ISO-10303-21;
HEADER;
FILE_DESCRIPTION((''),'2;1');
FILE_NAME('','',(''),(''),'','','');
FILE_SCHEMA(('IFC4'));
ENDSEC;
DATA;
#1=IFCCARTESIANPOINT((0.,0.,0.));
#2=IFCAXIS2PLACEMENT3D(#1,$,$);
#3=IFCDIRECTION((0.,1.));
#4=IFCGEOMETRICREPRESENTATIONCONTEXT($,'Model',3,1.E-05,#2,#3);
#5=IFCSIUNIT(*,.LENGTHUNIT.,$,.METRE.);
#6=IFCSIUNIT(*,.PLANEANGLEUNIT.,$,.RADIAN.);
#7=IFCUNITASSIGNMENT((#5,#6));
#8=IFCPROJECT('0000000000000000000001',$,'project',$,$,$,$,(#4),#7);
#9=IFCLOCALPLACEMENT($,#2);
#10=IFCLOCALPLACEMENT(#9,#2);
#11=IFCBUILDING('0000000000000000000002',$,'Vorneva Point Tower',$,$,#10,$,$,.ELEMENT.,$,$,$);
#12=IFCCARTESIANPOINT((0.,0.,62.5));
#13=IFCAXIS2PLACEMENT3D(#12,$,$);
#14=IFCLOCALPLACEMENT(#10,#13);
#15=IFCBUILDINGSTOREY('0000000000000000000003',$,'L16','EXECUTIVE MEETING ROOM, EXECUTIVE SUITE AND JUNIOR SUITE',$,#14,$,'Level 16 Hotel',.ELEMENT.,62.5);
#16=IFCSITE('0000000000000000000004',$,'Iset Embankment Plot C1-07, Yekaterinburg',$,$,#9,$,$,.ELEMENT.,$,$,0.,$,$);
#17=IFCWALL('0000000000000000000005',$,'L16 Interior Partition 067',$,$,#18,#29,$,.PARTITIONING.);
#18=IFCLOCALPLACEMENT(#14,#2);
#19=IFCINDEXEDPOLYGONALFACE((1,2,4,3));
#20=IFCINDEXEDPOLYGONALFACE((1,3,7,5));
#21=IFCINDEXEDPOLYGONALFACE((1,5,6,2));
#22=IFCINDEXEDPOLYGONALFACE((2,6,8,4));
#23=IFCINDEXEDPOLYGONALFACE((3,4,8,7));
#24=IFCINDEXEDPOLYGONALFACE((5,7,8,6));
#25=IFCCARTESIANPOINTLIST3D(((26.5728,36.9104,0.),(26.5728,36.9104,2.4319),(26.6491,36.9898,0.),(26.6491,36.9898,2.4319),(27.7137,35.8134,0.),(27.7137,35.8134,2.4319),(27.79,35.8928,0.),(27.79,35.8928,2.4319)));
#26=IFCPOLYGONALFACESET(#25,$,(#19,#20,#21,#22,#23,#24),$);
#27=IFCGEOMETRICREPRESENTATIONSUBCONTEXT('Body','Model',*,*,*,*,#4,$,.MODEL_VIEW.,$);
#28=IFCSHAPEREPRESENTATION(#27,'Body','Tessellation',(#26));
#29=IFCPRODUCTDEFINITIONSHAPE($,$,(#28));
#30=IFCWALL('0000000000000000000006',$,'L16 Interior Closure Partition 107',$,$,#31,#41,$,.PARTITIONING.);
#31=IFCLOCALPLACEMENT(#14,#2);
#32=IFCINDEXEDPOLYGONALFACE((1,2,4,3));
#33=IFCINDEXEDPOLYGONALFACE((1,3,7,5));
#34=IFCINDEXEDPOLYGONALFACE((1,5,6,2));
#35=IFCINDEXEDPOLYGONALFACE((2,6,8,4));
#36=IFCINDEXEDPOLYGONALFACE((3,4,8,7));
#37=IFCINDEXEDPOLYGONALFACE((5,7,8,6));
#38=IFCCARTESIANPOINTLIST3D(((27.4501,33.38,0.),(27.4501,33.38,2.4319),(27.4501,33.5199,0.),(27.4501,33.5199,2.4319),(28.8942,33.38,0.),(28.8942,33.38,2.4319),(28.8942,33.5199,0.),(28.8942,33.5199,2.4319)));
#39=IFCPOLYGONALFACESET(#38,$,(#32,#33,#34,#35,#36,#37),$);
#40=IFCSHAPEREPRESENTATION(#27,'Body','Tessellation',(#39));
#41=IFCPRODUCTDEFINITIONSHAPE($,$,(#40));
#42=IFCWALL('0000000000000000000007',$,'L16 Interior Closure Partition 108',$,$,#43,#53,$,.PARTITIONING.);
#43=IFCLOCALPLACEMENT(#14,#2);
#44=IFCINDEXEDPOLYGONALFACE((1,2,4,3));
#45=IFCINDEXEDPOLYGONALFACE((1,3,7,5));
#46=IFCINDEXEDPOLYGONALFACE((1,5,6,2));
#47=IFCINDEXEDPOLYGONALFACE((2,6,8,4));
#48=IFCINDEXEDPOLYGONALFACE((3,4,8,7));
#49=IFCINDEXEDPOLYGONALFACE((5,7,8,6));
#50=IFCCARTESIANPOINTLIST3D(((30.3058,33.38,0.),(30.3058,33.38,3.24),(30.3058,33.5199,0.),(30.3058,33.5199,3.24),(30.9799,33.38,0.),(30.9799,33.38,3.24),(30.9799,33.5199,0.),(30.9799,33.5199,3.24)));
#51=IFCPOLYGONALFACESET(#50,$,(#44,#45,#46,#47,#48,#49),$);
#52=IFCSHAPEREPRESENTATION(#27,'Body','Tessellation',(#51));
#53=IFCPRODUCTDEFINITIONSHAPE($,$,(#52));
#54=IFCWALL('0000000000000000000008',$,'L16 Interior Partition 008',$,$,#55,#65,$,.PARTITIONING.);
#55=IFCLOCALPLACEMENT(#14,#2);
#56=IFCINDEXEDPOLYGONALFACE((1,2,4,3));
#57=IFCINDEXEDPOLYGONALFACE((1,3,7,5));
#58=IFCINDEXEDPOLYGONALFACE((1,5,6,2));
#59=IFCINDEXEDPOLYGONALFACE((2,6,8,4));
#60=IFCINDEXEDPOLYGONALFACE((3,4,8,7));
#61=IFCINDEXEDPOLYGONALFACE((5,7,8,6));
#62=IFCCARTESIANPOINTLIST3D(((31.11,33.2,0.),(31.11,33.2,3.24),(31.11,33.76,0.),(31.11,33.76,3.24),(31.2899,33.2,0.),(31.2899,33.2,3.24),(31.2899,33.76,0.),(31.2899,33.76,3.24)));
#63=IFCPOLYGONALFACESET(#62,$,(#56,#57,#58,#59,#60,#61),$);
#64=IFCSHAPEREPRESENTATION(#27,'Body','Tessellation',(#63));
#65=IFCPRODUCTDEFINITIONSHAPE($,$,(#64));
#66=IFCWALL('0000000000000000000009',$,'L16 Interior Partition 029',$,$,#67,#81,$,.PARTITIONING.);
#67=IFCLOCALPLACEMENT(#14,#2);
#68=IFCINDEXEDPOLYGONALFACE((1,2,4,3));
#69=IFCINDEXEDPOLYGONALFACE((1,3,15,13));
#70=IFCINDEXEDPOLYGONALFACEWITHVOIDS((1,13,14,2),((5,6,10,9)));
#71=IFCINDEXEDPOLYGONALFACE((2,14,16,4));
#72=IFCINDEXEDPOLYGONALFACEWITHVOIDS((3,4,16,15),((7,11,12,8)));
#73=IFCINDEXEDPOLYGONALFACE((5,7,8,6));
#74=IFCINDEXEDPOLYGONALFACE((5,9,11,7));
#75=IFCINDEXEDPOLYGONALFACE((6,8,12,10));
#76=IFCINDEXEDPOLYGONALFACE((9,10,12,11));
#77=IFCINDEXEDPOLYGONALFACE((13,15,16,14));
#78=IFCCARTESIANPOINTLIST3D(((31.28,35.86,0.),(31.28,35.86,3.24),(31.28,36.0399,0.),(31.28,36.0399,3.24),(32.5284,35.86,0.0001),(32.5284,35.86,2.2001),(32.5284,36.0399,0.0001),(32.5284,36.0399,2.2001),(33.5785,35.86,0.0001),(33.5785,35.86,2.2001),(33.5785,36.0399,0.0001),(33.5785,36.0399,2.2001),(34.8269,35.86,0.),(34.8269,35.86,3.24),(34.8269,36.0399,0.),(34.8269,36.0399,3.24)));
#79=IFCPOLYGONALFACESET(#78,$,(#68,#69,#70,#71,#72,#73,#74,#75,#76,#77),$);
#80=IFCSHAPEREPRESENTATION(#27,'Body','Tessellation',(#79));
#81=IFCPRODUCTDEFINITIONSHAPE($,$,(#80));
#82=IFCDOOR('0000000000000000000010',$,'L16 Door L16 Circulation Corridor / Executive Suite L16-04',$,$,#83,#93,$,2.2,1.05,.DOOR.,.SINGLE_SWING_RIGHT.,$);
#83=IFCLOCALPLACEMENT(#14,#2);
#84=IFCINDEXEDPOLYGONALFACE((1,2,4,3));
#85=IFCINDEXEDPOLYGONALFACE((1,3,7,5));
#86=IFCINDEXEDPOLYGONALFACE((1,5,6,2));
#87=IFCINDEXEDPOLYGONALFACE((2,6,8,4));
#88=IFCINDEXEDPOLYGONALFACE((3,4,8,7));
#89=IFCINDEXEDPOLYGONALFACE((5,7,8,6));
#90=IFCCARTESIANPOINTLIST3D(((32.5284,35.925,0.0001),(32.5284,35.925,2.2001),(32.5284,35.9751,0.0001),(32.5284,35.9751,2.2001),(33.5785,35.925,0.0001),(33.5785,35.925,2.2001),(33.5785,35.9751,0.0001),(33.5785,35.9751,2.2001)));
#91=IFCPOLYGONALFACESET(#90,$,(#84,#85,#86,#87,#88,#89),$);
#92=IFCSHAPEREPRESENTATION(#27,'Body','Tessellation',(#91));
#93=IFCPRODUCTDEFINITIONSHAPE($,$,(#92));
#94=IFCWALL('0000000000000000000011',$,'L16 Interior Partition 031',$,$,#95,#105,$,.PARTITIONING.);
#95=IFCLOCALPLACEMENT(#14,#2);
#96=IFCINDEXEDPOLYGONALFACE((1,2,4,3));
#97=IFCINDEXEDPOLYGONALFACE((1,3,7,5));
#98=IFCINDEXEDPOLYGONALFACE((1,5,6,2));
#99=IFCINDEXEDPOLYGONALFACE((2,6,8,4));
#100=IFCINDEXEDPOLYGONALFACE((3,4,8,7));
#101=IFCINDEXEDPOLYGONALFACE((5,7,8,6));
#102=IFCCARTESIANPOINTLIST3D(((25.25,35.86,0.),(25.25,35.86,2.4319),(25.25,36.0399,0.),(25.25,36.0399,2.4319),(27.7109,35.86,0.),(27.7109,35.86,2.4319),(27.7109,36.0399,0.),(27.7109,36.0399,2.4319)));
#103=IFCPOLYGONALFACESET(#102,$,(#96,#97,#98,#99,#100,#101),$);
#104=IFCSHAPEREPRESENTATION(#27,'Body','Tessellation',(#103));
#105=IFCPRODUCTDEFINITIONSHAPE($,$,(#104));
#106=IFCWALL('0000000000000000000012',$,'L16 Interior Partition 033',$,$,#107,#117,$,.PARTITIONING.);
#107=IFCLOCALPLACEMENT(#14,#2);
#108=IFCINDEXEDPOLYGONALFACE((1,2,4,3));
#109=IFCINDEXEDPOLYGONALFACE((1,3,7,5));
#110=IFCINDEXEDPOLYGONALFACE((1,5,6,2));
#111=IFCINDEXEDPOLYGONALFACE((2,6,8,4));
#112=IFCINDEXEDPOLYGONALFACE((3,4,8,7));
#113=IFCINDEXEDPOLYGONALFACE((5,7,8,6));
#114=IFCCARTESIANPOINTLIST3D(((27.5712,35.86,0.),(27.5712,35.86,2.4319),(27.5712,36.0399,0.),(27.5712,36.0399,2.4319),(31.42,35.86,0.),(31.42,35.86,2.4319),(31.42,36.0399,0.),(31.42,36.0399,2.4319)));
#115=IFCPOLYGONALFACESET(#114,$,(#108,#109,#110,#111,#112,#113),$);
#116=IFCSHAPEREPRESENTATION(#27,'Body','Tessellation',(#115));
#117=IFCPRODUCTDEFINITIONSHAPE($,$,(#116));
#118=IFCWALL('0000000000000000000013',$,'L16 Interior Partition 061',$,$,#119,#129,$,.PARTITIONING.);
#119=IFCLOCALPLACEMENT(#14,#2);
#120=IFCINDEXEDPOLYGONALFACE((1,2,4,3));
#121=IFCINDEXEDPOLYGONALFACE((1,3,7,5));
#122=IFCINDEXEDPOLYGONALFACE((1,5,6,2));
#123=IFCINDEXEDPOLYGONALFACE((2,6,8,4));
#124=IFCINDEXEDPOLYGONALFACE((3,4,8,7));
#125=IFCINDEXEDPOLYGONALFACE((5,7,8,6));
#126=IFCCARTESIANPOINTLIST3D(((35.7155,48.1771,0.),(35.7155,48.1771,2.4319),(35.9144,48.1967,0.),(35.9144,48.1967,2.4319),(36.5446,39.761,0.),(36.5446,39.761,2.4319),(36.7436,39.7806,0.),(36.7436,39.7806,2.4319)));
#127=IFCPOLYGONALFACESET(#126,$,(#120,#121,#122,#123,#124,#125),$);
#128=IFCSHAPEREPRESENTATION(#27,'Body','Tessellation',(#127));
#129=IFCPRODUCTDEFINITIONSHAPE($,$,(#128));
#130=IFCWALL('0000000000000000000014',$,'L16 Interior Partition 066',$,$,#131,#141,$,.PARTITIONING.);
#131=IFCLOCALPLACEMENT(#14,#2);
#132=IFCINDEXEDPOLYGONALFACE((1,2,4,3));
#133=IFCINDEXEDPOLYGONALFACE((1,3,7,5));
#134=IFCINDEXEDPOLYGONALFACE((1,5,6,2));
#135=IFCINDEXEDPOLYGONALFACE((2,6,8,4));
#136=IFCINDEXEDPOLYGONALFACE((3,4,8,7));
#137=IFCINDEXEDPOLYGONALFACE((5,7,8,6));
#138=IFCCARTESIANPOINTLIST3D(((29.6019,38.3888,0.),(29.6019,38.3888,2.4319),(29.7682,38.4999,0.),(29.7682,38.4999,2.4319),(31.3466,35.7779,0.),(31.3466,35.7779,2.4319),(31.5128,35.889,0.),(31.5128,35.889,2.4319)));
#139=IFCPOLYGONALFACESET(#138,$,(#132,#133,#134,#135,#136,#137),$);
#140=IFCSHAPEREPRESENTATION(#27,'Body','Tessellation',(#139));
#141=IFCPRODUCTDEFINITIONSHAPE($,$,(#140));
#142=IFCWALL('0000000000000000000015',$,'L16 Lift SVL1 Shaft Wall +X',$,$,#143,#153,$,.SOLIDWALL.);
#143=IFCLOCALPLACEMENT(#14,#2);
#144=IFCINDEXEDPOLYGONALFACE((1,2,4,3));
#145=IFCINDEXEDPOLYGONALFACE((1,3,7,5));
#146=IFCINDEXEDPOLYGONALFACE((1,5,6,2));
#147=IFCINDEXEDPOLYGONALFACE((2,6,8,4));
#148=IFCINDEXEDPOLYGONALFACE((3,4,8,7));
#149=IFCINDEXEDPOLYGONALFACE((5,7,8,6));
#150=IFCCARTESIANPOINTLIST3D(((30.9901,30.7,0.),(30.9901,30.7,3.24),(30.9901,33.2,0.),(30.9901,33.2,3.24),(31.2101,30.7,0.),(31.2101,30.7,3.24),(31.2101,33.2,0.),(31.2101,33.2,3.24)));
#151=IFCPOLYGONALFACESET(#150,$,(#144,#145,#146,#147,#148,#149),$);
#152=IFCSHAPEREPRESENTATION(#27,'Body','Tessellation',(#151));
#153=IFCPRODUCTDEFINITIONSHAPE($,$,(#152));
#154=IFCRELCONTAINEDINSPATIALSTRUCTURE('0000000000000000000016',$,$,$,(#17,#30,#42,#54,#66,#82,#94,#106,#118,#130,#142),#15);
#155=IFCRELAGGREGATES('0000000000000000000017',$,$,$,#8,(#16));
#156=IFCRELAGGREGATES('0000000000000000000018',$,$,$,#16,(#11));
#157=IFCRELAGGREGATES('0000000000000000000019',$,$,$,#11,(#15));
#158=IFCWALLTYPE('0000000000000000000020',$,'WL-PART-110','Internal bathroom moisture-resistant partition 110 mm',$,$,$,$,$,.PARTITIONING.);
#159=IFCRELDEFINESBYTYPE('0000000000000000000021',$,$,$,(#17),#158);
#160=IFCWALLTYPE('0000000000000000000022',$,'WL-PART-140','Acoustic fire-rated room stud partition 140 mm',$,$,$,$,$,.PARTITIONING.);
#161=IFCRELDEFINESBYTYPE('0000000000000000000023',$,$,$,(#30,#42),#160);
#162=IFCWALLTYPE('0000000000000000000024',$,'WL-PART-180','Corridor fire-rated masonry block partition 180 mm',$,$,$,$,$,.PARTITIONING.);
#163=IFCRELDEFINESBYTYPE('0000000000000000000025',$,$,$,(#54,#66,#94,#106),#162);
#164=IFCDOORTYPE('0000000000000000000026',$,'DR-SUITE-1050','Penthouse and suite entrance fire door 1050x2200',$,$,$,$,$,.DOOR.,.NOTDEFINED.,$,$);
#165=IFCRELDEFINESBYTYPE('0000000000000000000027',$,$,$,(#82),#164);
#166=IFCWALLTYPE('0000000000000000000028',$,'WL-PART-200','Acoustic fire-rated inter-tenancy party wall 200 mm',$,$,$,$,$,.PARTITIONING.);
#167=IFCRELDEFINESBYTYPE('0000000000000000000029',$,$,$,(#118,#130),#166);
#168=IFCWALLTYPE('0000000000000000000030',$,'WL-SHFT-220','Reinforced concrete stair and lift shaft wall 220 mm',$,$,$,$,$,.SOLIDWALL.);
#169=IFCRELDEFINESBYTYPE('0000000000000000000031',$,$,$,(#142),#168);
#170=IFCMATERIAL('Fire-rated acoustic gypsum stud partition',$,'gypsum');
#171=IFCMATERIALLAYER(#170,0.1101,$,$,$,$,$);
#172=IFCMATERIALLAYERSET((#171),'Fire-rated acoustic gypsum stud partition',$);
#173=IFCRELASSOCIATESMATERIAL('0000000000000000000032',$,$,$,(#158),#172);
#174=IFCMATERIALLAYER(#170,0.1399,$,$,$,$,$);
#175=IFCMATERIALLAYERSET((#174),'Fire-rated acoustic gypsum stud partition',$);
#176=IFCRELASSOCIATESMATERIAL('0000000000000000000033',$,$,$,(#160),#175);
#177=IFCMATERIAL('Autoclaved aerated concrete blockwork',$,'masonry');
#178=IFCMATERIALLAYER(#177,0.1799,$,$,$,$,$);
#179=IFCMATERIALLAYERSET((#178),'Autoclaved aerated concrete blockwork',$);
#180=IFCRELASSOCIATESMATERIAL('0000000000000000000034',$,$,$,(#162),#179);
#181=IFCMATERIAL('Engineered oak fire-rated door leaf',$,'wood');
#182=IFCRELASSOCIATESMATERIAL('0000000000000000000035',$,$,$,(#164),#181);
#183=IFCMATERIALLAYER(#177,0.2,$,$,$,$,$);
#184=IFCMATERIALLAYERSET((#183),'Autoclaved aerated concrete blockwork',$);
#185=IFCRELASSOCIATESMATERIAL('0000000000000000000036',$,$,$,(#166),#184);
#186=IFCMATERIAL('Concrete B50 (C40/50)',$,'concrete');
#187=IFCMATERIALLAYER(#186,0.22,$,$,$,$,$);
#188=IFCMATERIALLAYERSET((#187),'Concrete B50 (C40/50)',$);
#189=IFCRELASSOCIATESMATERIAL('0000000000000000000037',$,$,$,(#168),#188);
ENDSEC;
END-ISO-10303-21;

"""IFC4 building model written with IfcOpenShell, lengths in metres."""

from ifc_helpers import new_model, si_unit, direction, frame, frame_2d, origin, place, context, subcontext, project, spatial, rectangle, extrude, material, layer, layer_set, type_object, element, fill, save


model = new_model("IFC4")

# Units and contexts
model_context = context("Model", 3, precision=1e-05, world=origin(), true_north=direction((0.0, 1.0)))
body_context = subcontext(model_context, "Body", "Model", "MODEL_VIEW")
ifc_project = project(units=[si_unit("LENGTHUNIT", "METRE"), si_unit("PLANEANGLEUNIT", "RADIAN")], contexts=[model_context])

# Site, building, storey
site_placement = place(None, origin())
site = spatial("IfcSite", under=ifc_project, at=site_placement, Name="Iset Embankment Plot C1-07, Yekaterinburg", CompositionType="ELEMENT", RefElevation=0.0)
building_placement = place(site_placement, origin())
building = spatial("IfcBuilding", under=site, at=building_placement, Name="Vorneva Point Tower", CompositionType="ELEMENT")
storey_placement = place(building_placement, frame((0.0, 0.0, 62.5)))
storey = spatial("IfcBuildingStorey", under=building, at=storey_placement, Name="L16", Description="EXECUTIVE MEETING ROOM, EXECUTIVE SUITE AND JUNIOR SUITE", LongName="Level 16 Hotel", CompositionType="ELEMENT", Elevation=62.5)

# Shared definitions
ifc_material_1 = material(Name="Fire-rated acoustic gypsum stud partition", Category="gypsum")
ifc_layer_1 = layer(ifc_material_1, 0.1101)
ifc_layer_set_1 = layer_set([ifc_layer_1], Name="Fire-rated acoustic gypsum stud partition")
wall_type_1 = type_object("IfcWallType", Name="WL-PART-110", Description="Internal bathroom moisture-resistant partition 110 mm", PredefinedType="PARTITIONING", material=ifc_layer_set_1)
ifc_material_2 = material(Name="Engineered oak fire-rated door leaf", Category="wood")

# Walls
wall_1_placement = place(storey_placement, frame((27.752, 35.853, 0.0), z_axis=(0.0, 0.0, 1.0), x_axis=(-0.720854, 0.693087, 0.0)))
element("IfcWall", 1, at=wall_1_placement, inside=storey, type_object=wall_type_1, Name="L16 Interior Partition 067", PredefinedType="PARTITIONING", context=body_context, shape_type="SweptSolid", body=[
    extrude(rectangle(XDim=1.5828, YDim=0.1101, at=frame_2d((0.7915, 0.0))), origin(), (0.0, 0.0, 1.0), 2.4319),
])
ifc_layer_2 = layer(ifc_material_1, 0.1399)
ifc_layer_set_2 = layer_set([ifc_layer_2], Name="Fire-rated acoustic gypsum stud partition")
wall_type_2 = type_object("IfcWallType", Name="WL-PART-140", Description="Acoustic fire-rated room stud partition 140 mm", PredefinedType="PARTITIONING", material=ifc_layer_set_2)
wall_2_placement = place(storey_placement, frame((27.45, 33.45, 0.0), z_axis=(0.0, 0.0, 1.0), x_axis=(1.0, 0.0, 0.0)))
element("IfcWall", 2, at=wall_2_placement, inside=storey, type_object=wall_type_2, Name="L16 Interior Closure Partition 107", PredefinedType="PARTITIONING", context=body_context, shape_type="SweptSolid", body=[
    extrude(rectangle(XDim=1.4441, YDim=0.1399, at=frame_2d((0.7222, 0.0))), origin(), (0.0, 0.0, 1.0), 2.4319),
])
wall_3_placement = place(storey_placement, frame((30.3059, 33.45, 0.0), z_axis=(0.0, 0.0, 1.0), x_axis=(1.0, 0.0, 0.0)))
element("IfcWall", 3, at=wall_3_placement, inside=storey, type_object=wall_type_2, Name="L16 Interior Closure Partition 108", PredefinedType="PARTITIONING", context=body_context, shape_type="SweptSolid", body=[
    extrude(rectangle(XDim=0.6741, YDim=0.1399, at=frame_2d((0.3369, 0.0))), origin(), (0.0, 0.0, 1.0), 3.24),
])

# Shared definitions
ifc_material_3 = material(Name="Autoclaved aerated concrete blockwork", Category="masonry")
ifc_layer_3 = layer(ifc_material_3, 0.1799)
ifc_layer_set_3 = layer_set([ifc_layer_3], Name="Autoclaved aerated concrete blockwork")
wall_type_3 = type_object("IfcWallType", Name="WL-PART-180", Description="Corridor fire-rated masonry block partition 180 mm", PredefinedType="PARTITIONING", material=ifc_layer_set_3)

# Wall
wall_4_placement = place(storey_placement, frame((31.2, 33.76, 0.0), z_axis=(0.0, 0.0, 1.0), x_axis=(0.0, -1.0, 0.0)))
element("IfcWall", 4, at=wall_4_placement, inside=storey, type_object=wall_type_3, Name="L16 Interior Partition 008", PredefinedType="PARTITIONING", context=body_context, shape_type="SweptSolid", body=[
    extrude(rectangle(XDim=0.5601, YDim=0.1799, at=frame_2d((0.28, 0.0))), origin(), (0.0, 0.0, 1.0), 3.24),
])

# Wall, opening, door
wall_5_placement = place(storey_placement, frame((34.8269, 35.95, 0.0), z_axis=(0.0, 0.0, 1.0), x_axis=(-1.0, 0.0, 0.0)))
wall_5 = element("IfcWall", 5, at=wall_5_placement, inside=storey, type_object=wall_type_3, Name="L16 Interior Partition 029", PredefinedType="PARTITIONING", context=body_context, shape_type="SweptSolid", body=[
    extrude(rectangle(XDim=3.5469, YDim=0.1799, at=frame_2d((1.7734, 0.0))), origin(), (0.0, 0.0, 1.0), 3.24),
])
opening_1_placement = place(wall_5_placement, frame((1.2485, 0.0, 0.0)))
opening_1 = element("IfcOpeningElement", 6, at=opening_1_placement, cuts=wall_5, PredefinedType="OPENING", context=body_context, shape_type="SweptSolid", body=[
    extrude(rectangle(XDim=1.05, YDim=2.2, at=frame_2d((0.5249, 1.1001))), frame((0.0, 0.105, 0.0), z_axis=(0.0, -1.0, 0.0), x_axis=(1.0, 0.0, 0.0)), (0.0, 0.0, 1.0), 0.2097),
])
door_type_1 = type_object("IfcDoorType", Name="DR-SUITE-1050", Description="Penthouse and suite entrance fire door 1050x2200", OperationType="NOTDEFINED", PredefinedType="DOOR", material=ifc_material_2)
door_1_placement = place(opening_1_placement, origin())
door_1 = element("IfcDoor", 7, at=door_1_placement, inside=storey, type_object=door_type_1, Name="L16 Door L16 Circulation Corridor / Executive Suite L16-04", OperationType="SINGLE_SWING_RIGHT", OverallHeight=2.2, OverallWidth=1.05, PredefinedType="DOOR", context=body_context, shape_type="SweptSolid", body=[
    extrude(rectangle(XDim=1.05, YDim=2.2, at=frame_2d((0.5249, 1.1001))), frame((0.0, 0.0249, 0.0), z_axis=(0.0, -1.0, 0.0), x_axis=(1.0, 0.0, 0.0)), (0.0, 0.0, 1.0), 0.05),
])
fill(opening_1, door_1)

# Walls
wall_6_placement = place(storey_placement, frame((27.7109, 35.95, 0.0), z_axis=(0.0, 0.0, 1.0), x_axis=(-1.0, 0.0, 0.0)))
element("IfcWall", 8, at=wall_6_placement, inside=storey, type_object=wall_type_3, Name="L16 Interior Partition 031", PredefinedType="PARTITIONING", context=body_context, shape_type="SweptSolid", body=[
    extrude(rectangle(XDim=2.4609, YDim=0.1799, at=frame_2d((1.2305, 0.0))), origin(), (0.0, 0.0, 1.0), 2.4319),
])
wall_7_placement = place(storey_placement, frame((31.4199, 35.95, 0.0), z_axis=(0.0, 0.0, 1.0), x_axis=(-1.0, 0.0, 0.0)))
element("IfcWall", 9, at=wall_7_placement, inside=storey, type_object=wall_type_3, Name="L16 Interior Partition 033", PredefinedType="PARTITIONING", context=body_context, shape_type="SweptSolid", body=[
    extrude(rectangle(XDim=3.8489, YDim=0.1799, at=frame_2d((1.9243, 0.0))), origin(), (0.0, 0.0, 1.0), 2.4319),
])
ifc_layer_4 = layer(ifc_material_3, 0.2)
ifc_layer_set_4 = layer_set([ifc_layer_4], Name="Autoclaved aerated concrete blockwork")
wall_type_4 = type_object("IfcWallType", Name="WL-PART-200", Description="Acoustic fire-rated inter-tenancy party wall 200 mm", PredefinedType="PARTITIONING", material=ifc_layer_set_4)
wall_8_placement = place(storey_placement, frame((35.8149, 48.187, 0.0), z_axis=(0.0, 0.0, 1.0), x_axis=(0.09804, -0.995182, 0.0)))
element("IfcWall", 10, at=wall_8_placement, inside=storey, type_object=wall_type_4, Name="L16 Interior Partition 061", PredefinedType="PARTITIONING", context=body_context, shape_type="SweptSolid", body=[
    extrude(rectangle(XDim=8.4568, YDim=0.2, at=frame_2d((4.2285, 0.0))), origin(), (0.0, 0.0, 1.0), 2.4319),
])
wall_9_placement = place(storey_placement, frame((29.6851, 38.4443, 0.0), z_axis=(0.0, 0.0, 1.0), x_axis=(0.555597, -0.831452, 0.0)))
element("IfcWall", 11, at=wall_9_placement, inside=storey, type_object=wall_type_4, Name="L16 Interior Partition 066", PredefinedType="PARTITIONING", context=body_context, shape_type="SweptSolid", body=[
    extrude(rectangle(XDim=3.1401, YDim=0.2, at=frame_2d((1.5701, 0.0))), origin(), (0.0, 0.0, 1.0), 2.4319),
])
ifc_material_4 = material(Name="Concrete B50 (C40/50)", Category="concrete")
ifc_layer_5 = layer(ifc_material_4, 0.22)
ifc_layer_set_5 = layer_set([ifc_layer_5], Name="Concrete B50 (C40/50)")
wall_type_5 = type_object("IfcWallType", Name="WL-SHFT-220", Description="Reinforced concrete stair and lift shaft wall 220 mm", PredefinedType="SOLIDWALL", material=ifc_layer_set_5)
wall_10_placement = place(storey_placement, frame((31.1001, 30.7, 0.0), z_axis=(0.0, 0.0, 1.0), x_axis=(0.0, 1.0, 0.0)))
element("IfcWall", 12, at=wall_10_placement, inside=storey, type_object=wall_type_5, Name="L16 Lift SVL1 Shaft Wall +X", PredefinedType="SOLIDWALL", context=body_context, shape_type="SweptSolid", body=[
    extrude(rectangle(XDim=2.5, YDim=0.22, at=frame_2d((1.25, 0.0))), origin(), (0.0, 0.0, 1.0), 3.24),
])

save(model, "model.ifc")
